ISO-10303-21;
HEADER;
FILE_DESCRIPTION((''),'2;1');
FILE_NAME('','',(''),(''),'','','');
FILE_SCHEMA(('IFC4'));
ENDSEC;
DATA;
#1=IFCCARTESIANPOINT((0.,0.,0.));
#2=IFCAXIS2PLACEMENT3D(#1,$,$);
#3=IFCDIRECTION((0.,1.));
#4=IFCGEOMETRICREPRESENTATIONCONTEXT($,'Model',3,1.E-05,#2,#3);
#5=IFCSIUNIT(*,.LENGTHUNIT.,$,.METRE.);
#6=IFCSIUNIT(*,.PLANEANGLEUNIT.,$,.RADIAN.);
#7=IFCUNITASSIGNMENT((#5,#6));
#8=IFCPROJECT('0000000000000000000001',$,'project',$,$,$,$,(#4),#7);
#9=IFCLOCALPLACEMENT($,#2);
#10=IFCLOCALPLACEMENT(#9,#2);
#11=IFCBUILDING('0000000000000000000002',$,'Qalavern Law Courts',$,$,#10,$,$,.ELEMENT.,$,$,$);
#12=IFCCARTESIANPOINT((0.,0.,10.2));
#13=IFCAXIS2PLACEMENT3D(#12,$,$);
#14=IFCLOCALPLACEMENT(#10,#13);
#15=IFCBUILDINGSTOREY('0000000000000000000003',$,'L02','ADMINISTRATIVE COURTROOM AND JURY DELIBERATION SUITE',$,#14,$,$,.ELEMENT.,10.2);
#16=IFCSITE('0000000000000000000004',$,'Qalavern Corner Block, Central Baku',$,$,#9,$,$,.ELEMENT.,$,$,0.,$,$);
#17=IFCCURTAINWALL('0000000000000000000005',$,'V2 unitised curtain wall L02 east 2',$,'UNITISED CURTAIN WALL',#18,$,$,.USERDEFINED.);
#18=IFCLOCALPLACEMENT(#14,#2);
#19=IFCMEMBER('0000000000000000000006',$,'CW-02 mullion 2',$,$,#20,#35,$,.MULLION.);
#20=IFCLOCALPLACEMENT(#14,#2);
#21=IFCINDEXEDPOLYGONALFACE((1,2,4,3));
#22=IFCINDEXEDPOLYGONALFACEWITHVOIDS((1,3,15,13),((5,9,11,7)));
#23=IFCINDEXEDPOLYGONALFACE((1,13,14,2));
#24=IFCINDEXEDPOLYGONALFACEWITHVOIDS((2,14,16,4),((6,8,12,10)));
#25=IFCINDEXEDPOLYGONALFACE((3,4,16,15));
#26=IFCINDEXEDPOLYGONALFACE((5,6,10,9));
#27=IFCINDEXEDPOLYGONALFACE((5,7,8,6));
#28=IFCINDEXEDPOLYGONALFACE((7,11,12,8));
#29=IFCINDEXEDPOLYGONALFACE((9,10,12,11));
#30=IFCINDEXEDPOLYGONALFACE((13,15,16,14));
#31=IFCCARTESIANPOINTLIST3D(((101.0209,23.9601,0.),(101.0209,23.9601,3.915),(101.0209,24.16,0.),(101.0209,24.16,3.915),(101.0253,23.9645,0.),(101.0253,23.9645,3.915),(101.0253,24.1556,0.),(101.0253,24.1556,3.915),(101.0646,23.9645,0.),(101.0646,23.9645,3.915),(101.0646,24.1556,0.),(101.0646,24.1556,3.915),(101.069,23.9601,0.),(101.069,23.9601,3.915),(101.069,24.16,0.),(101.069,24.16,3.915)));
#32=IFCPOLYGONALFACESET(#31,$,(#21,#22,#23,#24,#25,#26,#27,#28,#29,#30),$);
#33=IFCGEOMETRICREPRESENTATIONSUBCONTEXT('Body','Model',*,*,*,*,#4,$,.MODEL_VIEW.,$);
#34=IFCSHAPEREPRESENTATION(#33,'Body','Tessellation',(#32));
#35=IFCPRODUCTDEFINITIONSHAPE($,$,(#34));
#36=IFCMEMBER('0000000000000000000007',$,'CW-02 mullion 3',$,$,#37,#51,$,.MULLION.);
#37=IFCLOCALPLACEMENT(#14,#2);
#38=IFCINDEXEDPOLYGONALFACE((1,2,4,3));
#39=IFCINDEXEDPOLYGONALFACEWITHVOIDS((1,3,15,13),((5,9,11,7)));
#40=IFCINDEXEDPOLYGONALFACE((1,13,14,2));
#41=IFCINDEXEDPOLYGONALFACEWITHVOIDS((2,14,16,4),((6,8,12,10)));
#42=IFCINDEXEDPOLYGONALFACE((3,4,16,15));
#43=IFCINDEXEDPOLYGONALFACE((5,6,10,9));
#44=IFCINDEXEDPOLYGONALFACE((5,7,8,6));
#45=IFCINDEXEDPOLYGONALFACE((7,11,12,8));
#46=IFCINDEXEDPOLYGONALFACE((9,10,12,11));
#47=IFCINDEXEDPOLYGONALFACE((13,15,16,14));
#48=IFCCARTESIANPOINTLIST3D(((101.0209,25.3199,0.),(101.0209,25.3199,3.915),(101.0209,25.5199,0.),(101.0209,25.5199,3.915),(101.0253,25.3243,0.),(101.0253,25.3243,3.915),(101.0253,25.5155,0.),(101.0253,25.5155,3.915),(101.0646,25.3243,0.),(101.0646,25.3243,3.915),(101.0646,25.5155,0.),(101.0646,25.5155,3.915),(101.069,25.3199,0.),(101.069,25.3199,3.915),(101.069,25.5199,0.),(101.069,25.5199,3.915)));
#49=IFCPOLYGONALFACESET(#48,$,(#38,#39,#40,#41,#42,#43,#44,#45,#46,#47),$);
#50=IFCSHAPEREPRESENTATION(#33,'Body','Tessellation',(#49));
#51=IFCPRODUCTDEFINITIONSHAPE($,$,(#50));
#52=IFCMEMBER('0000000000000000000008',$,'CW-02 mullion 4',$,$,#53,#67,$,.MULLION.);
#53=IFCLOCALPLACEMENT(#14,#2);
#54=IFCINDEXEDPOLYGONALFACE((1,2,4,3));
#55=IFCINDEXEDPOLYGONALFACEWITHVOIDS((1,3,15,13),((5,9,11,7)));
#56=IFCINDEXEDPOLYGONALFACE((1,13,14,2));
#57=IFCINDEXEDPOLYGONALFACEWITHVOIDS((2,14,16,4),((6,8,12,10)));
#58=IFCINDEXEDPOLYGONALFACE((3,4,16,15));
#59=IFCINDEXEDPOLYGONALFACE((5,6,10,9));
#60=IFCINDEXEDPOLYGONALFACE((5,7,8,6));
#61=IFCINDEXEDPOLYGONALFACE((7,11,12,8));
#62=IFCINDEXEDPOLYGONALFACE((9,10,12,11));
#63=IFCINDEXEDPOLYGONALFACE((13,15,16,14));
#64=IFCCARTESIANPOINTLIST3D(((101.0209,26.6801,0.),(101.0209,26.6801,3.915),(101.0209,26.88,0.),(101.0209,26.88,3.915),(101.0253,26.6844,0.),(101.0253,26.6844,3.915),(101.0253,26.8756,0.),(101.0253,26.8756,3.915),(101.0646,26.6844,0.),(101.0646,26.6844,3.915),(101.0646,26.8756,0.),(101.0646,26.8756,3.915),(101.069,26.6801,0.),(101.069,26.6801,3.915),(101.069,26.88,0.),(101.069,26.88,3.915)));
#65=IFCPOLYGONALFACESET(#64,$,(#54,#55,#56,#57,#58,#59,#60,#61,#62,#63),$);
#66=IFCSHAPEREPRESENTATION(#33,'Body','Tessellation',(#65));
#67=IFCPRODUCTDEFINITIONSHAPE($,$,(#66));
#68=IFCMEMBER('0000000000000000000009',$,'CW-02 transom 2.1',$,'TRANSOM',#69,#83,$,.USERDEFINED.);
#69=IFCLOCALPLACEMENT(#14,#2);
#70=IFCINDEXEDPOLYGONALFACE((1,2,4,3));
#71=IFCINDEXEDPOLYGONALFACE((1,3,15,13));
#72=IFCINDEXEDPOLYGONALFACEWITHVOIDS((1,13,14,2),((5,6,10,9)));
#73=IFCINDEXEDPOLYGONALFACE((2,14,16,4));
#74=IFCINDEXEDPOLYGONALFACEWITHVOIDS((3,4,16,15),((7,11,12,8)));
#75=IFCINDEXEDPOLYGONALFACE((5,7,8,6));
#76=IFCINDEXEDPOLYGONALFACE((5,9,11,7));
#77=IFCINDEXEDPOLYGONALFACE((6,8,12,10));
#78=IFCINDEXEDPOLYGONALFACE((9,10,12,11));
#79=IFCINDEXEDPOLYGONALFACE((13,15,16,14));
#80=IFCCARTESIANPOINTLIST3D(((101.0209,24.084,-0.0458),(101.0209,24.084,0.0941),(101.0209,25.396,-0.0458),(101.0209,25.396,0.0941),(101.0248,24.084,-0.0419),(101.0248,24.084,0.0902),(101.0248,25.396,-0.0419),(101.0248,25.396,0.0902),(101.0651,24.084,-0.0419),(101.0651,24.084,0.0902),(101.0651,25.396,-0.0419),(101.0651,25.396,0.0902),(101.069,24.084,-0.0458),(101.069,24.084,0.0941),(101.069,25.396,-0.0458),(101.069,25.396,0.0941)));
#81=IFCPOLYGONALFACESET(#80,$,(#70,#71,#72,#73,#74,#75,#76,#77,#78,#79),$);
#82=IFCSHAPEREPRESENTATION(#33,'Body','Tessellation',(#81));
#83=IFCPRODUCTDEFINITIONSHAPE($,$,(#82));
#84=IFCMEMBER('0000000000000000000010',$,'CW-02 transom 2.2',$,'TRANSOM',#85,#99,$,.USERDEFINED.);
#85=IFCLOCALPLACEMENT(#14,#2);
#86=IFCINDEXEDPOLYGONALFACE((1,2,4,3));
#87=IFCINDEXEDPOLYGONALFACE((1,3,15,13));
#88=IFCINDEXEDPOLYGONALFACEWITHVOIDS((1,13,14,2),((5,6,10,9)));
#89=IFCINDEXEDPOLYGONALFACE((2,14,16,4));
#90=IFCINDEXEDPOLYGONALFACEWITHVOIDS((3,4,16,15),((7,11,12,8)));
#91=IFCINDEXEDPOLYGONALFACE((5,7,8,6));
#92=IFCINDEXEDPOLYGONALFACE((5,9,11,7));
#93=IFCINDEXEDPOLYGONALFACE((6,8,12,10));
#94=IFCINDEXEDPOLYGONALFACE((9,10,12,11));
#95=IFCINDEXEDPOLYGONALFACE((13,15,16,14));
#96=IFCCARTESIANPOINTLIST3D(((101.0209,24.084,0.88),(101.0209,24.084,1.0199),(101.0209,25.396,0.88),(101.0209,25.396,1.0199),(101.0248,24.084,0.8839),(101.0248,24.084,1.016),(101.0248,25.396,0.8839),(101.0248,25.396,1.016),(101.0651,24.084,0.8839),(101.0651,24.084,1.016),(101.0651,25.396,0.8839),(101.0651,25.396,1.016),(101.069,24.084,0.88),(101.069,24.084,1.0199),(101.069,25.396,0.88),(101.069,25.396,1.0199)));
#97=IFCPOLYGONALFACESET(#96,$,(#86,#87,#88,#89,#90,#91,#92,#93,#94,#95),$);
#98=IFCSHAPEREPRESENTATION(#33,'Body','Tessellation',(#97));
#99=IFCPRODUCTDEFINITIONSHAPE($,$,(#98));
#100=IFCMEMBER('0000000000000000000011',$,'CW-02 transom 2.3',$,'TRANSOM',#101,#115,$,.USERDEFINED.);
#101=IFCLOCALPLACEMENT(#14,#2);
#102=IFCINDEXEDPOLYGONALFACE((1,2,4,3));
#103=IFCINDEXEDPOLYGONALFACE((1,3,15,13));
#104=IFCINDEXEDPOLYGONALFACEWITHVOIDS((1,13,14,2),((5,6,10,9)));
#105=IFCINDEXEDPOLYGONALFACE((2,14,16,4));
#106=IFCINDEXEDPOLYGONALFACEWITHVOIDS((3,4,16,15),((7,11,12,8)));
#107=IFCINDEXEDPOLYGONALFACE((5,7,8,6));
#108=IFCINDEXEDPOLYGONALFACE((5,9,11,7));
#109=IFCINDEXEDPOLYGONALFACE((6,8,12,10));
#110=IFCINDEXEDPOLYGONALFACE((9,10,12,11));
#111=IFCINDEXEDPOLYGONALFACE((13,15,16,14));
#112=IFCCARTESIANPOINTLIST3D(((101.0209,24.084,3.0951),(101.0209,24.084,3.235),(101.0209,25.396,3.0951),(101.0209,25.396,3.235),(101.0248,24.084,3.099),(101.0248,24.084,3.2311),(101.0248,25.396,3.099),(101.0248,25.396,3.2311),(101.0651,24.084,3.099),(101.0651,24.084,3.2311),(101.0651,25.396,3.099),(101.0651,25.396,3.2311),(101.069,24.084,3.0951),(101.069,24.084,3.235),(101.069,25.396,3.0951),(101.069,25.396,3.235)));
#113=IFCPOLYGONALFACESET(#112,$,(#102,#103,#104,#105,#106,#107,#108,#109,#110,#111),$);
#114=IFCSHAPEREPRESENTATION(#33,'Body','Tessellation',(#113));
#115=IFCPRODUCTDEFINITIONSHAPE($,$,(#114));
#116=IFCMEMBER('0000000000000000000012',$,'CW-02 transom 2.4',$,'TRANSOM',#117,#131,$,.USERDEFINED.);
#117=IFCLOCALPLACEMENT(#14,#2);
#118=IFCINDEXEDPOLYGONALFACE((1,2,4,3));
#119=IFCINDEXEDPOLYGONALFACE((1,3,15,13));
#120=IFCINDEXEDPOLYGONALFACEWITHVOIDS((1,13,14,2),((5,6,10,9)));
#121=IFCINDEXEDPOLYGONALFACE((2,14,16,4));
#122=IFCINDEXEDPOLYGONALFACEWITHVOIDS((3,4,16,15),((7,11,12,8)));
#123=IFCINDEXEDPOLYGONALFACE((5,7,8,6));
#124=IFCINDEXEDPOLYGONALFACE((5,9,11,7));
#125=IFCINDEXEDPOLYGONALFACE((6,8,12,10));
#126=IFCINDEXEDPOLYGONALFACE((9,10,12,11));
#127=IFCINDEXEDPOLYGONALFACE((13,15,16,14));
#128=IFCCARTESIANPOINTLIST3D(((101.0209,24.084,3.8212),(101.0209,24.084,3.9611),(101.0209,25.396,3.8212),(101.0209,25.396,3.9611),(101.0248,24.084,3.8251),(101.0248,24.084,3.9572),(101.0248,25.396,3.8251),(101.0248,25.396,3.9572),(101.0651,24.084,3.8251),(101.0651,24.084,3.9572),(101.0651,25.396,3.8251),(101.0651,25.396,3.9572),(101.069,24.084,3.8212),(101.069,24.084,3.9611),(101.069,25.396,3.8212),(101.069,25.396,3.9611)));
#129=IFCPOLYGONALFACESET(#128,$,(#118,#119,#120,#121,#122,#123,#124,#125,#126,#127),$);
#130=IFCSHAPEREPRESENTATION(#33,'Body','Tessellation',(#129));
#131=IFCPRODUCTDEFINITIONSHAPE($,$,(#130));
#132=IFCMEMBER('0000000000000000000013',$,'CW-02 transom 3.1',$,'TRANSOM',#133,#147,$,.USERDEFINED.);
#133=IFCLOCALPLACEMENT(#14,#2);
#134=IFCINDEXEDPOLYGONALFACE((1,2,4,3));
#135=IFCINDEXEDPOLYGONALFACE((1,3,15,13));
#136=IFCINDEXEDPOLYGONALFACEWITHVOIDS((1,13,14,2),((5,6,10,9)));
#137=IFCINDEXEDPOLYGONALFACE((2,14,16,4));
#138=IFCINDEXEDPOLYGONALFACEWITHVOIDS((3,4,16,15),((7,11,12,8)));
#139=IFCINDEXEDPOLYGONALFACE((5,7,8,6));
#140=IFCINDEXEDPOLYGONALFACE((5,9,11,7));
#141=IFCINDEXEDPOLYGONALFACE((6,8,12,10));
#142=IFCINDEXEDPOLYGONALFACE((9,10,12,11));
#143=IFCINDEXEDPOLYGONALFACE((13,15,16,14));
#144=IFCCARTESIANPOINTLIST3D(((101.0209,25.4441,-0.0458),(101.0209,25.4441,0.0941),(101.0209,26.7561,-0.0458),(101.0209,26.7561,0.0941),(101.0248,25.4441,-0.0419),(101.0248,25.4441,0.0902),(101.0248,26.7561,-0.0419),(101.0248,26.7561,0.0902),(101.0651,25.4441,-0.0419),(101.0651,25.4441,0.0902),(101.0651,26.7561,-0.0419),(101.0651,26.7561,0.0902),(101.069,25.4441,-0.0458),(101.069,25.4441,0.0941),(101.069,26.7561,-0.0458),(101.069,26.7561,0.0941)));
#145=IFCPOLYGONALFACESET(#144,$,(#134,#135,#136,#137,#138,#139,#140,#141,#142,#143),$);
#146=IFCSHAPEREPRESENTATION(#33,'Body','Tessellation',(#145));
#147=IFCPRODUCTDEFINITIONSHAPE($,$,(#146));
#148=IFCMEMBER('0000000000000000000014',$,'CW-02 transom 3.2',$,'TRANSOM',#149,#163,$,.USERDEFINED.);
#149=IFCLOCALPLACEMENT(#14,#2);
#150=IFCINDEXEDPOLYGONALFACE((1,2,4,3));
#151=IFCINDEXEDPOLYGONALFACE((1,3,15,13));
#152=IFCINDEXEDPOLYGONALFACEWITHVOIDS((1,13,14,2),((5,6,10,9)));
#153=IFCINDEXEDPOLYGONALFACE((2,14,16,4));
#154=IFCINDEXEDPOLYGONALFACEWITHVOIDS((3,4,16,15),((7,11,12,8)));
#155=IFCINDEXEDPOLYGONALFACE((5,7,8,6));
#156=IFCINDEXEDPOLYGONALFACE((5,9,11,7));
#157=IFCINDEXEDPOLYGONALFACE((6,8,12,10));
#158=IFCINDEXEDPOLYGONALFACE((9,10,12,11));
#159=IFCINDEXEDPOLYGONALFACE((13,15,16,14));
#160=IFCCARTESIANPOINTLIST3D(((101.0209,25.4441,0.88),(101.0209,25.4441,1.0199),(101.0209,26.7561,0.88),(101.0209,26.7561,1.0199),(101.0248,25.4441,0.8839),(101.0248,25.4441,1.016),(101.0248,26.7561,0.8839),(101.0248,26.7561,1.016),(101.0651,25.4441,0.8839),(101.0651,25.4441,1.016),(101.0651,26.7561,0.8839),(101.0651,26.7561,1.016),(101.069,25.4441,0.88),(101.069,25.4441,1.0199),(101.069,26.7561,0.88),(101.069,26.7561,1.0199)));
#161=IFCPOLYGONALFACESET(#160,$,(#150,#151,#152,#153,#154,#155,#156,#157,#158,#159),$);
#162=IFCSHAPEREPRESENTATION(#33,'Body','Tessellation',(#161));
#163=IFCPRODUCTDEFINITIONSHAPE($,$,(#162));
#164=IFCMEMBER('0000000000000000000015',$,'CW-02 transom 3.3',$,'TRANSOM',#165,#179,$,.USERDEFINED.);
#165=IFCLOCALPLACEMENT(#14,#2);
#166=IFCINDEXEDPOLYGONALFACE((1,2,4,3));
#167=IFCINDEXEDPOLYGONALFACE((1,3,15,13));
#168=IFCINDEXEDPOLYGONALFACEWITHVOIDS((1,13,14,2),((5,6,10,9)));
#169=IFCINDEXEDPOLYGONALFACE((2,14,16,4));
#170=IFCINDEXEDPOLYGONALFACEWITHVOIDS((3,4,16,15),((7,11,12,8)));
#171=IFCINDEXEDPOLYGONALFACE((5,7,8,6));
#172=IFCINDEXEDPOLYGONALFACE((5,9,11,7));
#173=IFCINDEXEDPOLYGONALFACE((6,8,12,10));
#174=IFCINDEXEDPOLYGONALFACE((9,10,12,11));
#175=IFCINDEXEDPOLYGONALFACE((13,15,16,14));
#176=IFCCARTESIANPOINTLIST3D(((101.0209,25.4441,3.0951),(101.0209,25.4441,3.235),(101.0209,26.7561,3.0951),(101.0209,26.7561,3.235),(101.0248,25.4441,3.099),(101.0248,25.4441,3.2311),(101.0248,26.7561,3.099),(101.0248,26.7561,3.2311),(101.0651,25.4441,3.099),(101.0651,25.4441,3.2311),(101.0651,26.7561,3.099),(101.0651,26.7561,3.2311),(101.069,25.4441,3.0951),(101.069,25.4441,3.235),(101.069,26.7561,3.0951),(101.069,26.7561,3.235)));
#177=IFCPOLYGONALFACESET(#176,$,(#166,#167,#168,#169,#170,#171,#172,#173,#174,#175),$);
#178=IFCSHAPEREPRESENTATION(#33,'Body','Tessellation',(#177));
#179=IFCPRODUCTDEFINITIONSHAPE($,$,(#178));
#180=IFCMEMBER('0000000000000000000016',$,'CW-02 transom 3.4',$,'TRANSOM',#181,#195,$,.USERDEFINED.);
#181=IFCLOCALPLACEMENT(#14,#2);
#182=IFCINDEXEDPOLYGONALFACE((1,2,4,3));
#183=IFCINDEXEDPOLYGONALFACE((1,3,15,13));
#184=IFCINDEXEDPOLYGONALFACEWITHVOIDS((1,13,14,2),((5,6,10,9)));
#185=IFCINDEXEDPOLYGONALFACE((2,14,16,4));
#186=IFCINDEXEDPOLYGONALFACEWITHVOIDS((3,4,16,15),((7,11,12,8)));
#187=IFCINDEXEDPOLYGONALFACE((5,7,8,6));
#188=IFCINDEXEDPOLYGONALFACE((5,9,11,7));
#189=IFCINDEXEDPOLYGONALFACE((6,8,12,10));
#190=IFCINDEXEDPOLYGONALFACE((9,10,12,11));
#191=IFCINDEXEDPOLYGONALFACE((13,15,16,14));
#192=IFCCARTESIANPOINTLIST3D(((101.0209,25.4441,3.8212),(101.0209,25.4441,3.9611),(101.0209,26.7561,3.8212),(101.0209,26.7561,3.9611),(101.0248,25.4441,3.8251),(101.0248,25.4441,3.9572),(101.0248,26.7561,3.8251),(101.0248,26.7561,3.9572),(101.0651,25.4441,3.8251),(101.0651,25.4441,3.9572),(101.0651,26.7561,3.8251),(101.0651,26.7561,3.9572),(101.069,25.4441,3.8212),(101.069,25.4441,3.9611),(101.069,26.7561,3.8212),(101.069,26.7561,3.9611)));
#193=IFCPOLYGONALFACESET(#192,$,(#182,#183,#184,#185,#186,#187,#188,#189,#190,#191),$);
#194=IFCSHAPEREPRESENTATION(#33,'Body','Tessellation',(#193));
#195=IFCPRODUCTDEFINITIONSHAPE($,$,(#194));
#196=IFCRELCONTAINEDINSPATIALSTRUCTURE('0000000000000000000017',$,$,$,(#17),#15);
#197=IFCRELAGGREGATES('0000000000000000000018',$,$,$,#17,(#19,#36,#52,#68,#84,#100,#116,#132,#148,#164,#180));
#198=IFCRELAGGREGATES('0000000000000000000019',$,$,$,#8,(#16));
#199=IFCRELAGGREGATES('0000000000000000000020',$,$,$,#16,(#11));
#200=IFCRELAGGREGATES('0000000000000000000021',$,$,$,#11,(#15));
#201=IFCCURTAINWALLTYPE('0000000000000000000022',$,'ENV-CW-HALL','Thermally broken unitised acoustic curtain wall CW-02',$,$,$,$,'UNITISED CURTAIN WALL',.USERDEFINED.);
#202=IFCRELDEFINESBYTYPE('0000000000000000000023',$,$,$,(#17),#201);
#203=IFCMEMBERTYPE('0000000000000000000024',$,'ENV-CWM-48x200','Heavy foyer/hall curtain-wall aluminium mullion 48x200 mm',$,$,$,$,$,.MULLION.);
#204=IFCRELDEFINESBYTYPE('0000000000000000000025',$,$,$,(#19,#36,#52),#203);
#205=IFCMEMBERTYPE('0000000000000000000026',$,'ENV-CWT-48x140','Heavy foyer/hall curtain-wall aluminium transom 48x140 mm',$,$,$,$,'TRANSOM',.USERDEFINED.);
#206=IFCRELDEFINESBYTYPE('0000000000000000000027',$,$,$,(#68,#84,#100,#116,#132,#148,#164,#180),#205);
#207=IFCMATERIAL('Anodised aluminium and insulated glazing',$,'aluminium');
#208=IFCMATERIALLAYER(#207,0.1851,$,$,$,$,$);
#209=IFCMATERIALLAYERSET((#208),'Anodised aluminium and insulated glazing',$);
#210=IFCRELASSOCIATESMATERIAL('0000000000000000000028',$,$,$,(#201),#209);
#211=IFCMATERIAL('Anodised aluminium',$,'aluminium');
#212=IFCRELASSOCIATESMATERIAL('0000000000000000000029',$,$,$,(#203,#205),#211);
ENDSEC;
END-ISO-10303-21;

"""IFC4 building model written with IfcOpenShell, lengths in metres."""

from ifc_helpers import new_model, si_unit, direction, frame, origin, origin_2d, place, context, subcontext, project, spatial, hollow_rectangle, extrude, material, layer, layer_set, material_profile, profile_set, type_object, element, aggregate, save


model = new_model("IFC4")

# Units and contexts
model_context = context("Model", 3, precision=1e-05, world=origin(), true_north=direction((0.0, 1.0)))
body_context = subcontext(model_context, "Body", "Model", "MODEL_VIEW")
ifc_project = project(units=[si_unit("LENGTHUNIT", "METRE"), si_unit("PLANEANGLEUNIT", "RADIAN")], contexts=[model_context])

# Site, building, storey
site_placement = place(None, origin())
site = spatial("IfcSite", under=ifc_project, at=site_placement, Name="Qalavern Corner Block, Central Baku", CompositionType="ELEMENT", RefElevation=0.0)
building_placement = place(site_placement, origin())
building = spatial("IfcBuilding", under=site, at=building_placement, Name="Qalavern Law Courts", CompositionType="ELEMENT")
storey_placement = place(building_placement, frame((0.0, 0.0, 10.2)))
storey = spatial("IfcBuildingStorey", under=building, at=storey_placement, Name="L02", Description="ADMINISTRATIVE COURTROOM AND JURY DELIBERATION SUITE", CompositionType="ELEMENT", Elevation=10.2)

# Curtain wall, members
ifc_material_1 = material(Name="Anodised aluminium and insulated glazing", Category="aluminium")
ifc_layer_1 = layer(ifc_material_1, 0.1851)
ifc_layer_set_1 = layer_set([ifc_layer_1], Name="Anodised aluminium and insulated glazing")
curtain_wall_type = type_object("IfcCurtainWallType", Name="ENV-CW-HALL", Description="Thermally broken unitised acoustic curtain wall CW-02", ElementType="UNITISED CURTAIN WALL", PredefinedType="USERDEFINED", material=ifc_layer_set_1)
curtain_wall_placement = place(storey_placement, origin())
curtain_wall = element("IfcCurtainWall", 1, at=curtain_wall_placement, inside=storey, type_object=curtain_wall_type, Name="V2 unitised curtain wall L02 east 2", ObjectType="UNITISED CURTAIN WALL", PredefinedType="USERDEFINED")
ifc_material_2 = material(Name="Anodised aluminium", Category="aluminium")
ifc_material_profile_1 = material_profile(ifc_material_2, hollow_rectangle(XDim=0.0481, YDim=0.2, WallThickness=0.0044, at=origin_2d()), Name="ALU MULLION 48x200")
ifc_profile_set_1 = profile_set([ifc_material_profile_1], Name="Anodised aluminium")
member_type_1 = type_object("IfcMemberType", Name="ENV-CWM-48x200", Description="Heavy foyer/hall curtain-wall aluminium mullion 48x200 mm", PredefinedType="MULLION", material=ifc_profile_set_1)
member_1_placement = place(storey_placement, frame((101.0449, 24.0601, 0.0), z_axis=(0.0, 0.0, 1.0), x_axis=(-1.0, 0.0, 0.0)))
member_1 = element("IfcMember", 2, at=member_1_placement, type_object=member_type_1, Name="CW-02 mullion 2", PredefinedType="MULLION", context=body_context, shape_type="SweptSolid", body=[
    extrude(hollow_rectangle(XDim=0.0481, YDim=0.2, WallThickness=0.0044, at=origin_2d()), origin(), (0.0, 0.0, 1.0), 3.915),
])
member_2_placement = place(storey_placement, frame((101.0449, 25.4199, 0.0), z_axis=(0.0, 0.0, 1.0), x_axis=(-1.0, 0.0, 0.0)))
member_2 = element("IfcMember", 3, at=member_2_placement, type_object=member_type_1, Name="CW-02 mullion 3", PredefinedType="MULLION", context=body_context, shape_type="SweptSolid", body=[
    extrude(hollow_rectangle(XDim=0.0481, YDim=0.2, WallThickness=0.0044, at=origin_2d()), origin(), (0.0, 0.0, 1.0), 3.915),
])
member_3_placement = place(storey_placement, frame((101.0449, 26.78, 0.0), z_axis=(0.0, 0.0, 1.0), x_axis=(-1.0, 0.0, 0.0)))
member_3 = element("IfcMember", 4, at=member_3_placement, type_object=member_type_1, Name="CW-02 mullion 4", PredefinedType="MULLION", context=body_context, shape_type="SweptSolid", body=[
    extrude(hollow_rectangle(XDim=0.0481, YDim=0.2, WallThickness=0.0044, at=origin_2d()), origin(), (0.0, 0.0, 1.0), 3.915),
])
ifc_material_profile_2 = material_profile(ifc_material_2, hollow_rectangle(XDim=0.0481, YDim=0.1399, WallThickness=0.0039, at=origin_2d()), Name="ALU TRANSOM 48x140")
ifc_profile_set_2 = profile_set([ifc_material_profile_2], Name="Anodised aluminium")
member_type_2 = type_object("IfcMemberType", Name="ENV-CWT-48x140", Description="Heavy foyer/hall curtain-wall aluminium transom 48x140 mm", ElementType="TRANSOM", PredefinedType="USERDEFINED", material=ifc_profile_set_2)
member_4_placement = place(storey_placement, frame((101.0449, 24.084, 0.0242), z_axis=(0.0, 1.0, 0.0), x_axis=(-1.0, 0.0, 0.0)))
member_4 = element("IfcMember", 5, at=member_4_placement, type_object=member_type_2, Name="CW-02 transom 2.1", ObjectType="TRANSOM", PredefinedType="USERDEFINED", context=body_context, shape_type="SweptSolid", body=[
    extrude(hollow_rectangle(XDim=0.0481, YDim=0.1399, WallThickness=0.0039, at=origin_2d()), origin(), (0.0, 0.0, 1.0), 1.312),
])
member_5_placement = place(storey_placement, frame((101.0449, 24.084, 0.95), z_axis=(0.0, 1.0, 0.0), x_axis=(-1.0, 0.0, 0.0)))
member_5 = element("IfcMember", 6, at=member_5_placement, type_object=member_type_2, Name="CW-02 transom 2.2", ObjectType="TRANSOM", PredefinedType="USERDEFINED", context=body_context, shape_type="SweptSolid", body=[
    extrude(hollow_rectangle(XDim=0.0481, YDim=0.1399, WallThickness=0.0039, at=origin_2d()), origin(), (0.0, 0.0, 1.0), 1.312),
])
member_6_placement = place(storey_placement, frame((101.0449, 24.084, 3.165), z_axis=(0.0, 1.0, 0.0), x_axis=(-1.0, 0.0, 0.0)))
member_6 = element("IfcMember", 7, at=member_6_placement, type_object=member_type_2, Name="CW-02 transom 2.3", ObjectType="TRANSOM", PredefinedType="USERDEFINED", context=body_context, shape_type="SweptSolid", body=[
    extrude(hollow_rectangle(XDim=0.0481, YDim=0.1399, WallThickness=0.0039, at=origin_2d()), origin(), (0.0, 0.0, 1.0), 1.312),
])
member_7_placement = place(storey_placement, frame((101.0449, 24.084, 3.8911), z_axis=(0.0, 1.0, 0.0), x_axis=(-1.0, 0.0, 0.0)))
member_7 = element("IfcMember", 8, at=member_7_placement, type_object=member_type_2, Name="CW-02 transom 2.4", ObjectType="TRANSOM", PredefinedType="USERDEFINED", context=body_context, shape_type="SweptSolid", body=[
    extrude(hollow_rectangle(XDim=0.0481, YDim=0.1399, WallThickness=0.0039, at=origin_2d()), origin(), (0.0, 0.0, 1.0), 1.312),
])
member_8_placement = place(storey_placement, frame((101.0449, 25.4441, 0.0242), z_axis=(0.0, 1.0, 0.0), x_axis=(-1.0, 0.0, 0.0)))
member_8 = element("IfcMember", 9, at=member_8_placement, type_object=member_type_2, Name="CW-02 transom 3.1", ObjectType="TRANSOM", PredefinedType="USERDEFINED", context=body_context, shape_type="SweptSolid", body=[
    extrude(hollow_rectangle(XDim=0.0481, YDim=0.1399, WallThickness=0.0039, at=origin_2d()), origin(), (0.0, 0.0, 1.0), 1.312),
])
member_9_placement = place(storey_placement, frame((101.0449, 25.4441, 0.95), z_axis=(0.0, 1.0, 0.0), x_axis=(-1.0, 0.0, 0.0)))
member_9 = element("IfcMember", 10, at=member_9_placement, type_object=member_type_2, Name="CW-02 transom 3.2", ObjectType="TRANSOM", PredefinedType="USERDEFINED", context=body_context, shape_type="SweptSolid", body=[
    extrude(hollow_rectangle(XDim=0.0481, YDim=0.1399, WallThickness=0.0039, at=origin_2d()), origin(), (0.0, 0.0, 1.0), 1.312),
])
member_10_placement = place(storey_placement, frame((101.0449, 25.4441, 3.165), z_axis=(0.0, 1.0, 0.0), x_axis=(-1.0, 0.0, 0.0)))
member_10 = element("IfcMember", 11, at=member_10_placement, type_object=member_type_2, Name="CW-02 transom 3.3", ObjectType="TRANSOM", PredefinedType="USERDEFINED", context=body_context, shape_type="SweptSolid", body=[
    extrude(hollow_rectangle(XDim=0.0481, YDim=0.1399, WallThickness=0.0039, at=origin_2d()), origin(), (0.0, 0.0, 1.0), 1.312),
])
member_11_placement = place(storey_placement, frame((101.0449, 25.4441, 3.8911), z_axis=(0.0, 1.0, 0.0), x_axis=(-1.0, 0.0, 0.0)))
member_11 = element("IfcMember", 12, at=member_11_placement, type_object=member_type_2, Name="CW-02 transom 3.4", ObjectType="TRANSOM", PredefinedType="USERDEFINED", context=body_context, shape_type="SweptSolid", body=[
    extrude(hollow_rectangle(XDim=0.0481, YDim=0.1399, WallThickness=0.0039, at=origin_2d()), origin(), (0.0, 0.0, 1.0), 1.312),
])
aggregate(curtain_wall, [member_1, member_2, member_3, member_4, member_5, member_6, member_7, member_8, member_9, member_10, member_11])

save(model, "model.ifc")
